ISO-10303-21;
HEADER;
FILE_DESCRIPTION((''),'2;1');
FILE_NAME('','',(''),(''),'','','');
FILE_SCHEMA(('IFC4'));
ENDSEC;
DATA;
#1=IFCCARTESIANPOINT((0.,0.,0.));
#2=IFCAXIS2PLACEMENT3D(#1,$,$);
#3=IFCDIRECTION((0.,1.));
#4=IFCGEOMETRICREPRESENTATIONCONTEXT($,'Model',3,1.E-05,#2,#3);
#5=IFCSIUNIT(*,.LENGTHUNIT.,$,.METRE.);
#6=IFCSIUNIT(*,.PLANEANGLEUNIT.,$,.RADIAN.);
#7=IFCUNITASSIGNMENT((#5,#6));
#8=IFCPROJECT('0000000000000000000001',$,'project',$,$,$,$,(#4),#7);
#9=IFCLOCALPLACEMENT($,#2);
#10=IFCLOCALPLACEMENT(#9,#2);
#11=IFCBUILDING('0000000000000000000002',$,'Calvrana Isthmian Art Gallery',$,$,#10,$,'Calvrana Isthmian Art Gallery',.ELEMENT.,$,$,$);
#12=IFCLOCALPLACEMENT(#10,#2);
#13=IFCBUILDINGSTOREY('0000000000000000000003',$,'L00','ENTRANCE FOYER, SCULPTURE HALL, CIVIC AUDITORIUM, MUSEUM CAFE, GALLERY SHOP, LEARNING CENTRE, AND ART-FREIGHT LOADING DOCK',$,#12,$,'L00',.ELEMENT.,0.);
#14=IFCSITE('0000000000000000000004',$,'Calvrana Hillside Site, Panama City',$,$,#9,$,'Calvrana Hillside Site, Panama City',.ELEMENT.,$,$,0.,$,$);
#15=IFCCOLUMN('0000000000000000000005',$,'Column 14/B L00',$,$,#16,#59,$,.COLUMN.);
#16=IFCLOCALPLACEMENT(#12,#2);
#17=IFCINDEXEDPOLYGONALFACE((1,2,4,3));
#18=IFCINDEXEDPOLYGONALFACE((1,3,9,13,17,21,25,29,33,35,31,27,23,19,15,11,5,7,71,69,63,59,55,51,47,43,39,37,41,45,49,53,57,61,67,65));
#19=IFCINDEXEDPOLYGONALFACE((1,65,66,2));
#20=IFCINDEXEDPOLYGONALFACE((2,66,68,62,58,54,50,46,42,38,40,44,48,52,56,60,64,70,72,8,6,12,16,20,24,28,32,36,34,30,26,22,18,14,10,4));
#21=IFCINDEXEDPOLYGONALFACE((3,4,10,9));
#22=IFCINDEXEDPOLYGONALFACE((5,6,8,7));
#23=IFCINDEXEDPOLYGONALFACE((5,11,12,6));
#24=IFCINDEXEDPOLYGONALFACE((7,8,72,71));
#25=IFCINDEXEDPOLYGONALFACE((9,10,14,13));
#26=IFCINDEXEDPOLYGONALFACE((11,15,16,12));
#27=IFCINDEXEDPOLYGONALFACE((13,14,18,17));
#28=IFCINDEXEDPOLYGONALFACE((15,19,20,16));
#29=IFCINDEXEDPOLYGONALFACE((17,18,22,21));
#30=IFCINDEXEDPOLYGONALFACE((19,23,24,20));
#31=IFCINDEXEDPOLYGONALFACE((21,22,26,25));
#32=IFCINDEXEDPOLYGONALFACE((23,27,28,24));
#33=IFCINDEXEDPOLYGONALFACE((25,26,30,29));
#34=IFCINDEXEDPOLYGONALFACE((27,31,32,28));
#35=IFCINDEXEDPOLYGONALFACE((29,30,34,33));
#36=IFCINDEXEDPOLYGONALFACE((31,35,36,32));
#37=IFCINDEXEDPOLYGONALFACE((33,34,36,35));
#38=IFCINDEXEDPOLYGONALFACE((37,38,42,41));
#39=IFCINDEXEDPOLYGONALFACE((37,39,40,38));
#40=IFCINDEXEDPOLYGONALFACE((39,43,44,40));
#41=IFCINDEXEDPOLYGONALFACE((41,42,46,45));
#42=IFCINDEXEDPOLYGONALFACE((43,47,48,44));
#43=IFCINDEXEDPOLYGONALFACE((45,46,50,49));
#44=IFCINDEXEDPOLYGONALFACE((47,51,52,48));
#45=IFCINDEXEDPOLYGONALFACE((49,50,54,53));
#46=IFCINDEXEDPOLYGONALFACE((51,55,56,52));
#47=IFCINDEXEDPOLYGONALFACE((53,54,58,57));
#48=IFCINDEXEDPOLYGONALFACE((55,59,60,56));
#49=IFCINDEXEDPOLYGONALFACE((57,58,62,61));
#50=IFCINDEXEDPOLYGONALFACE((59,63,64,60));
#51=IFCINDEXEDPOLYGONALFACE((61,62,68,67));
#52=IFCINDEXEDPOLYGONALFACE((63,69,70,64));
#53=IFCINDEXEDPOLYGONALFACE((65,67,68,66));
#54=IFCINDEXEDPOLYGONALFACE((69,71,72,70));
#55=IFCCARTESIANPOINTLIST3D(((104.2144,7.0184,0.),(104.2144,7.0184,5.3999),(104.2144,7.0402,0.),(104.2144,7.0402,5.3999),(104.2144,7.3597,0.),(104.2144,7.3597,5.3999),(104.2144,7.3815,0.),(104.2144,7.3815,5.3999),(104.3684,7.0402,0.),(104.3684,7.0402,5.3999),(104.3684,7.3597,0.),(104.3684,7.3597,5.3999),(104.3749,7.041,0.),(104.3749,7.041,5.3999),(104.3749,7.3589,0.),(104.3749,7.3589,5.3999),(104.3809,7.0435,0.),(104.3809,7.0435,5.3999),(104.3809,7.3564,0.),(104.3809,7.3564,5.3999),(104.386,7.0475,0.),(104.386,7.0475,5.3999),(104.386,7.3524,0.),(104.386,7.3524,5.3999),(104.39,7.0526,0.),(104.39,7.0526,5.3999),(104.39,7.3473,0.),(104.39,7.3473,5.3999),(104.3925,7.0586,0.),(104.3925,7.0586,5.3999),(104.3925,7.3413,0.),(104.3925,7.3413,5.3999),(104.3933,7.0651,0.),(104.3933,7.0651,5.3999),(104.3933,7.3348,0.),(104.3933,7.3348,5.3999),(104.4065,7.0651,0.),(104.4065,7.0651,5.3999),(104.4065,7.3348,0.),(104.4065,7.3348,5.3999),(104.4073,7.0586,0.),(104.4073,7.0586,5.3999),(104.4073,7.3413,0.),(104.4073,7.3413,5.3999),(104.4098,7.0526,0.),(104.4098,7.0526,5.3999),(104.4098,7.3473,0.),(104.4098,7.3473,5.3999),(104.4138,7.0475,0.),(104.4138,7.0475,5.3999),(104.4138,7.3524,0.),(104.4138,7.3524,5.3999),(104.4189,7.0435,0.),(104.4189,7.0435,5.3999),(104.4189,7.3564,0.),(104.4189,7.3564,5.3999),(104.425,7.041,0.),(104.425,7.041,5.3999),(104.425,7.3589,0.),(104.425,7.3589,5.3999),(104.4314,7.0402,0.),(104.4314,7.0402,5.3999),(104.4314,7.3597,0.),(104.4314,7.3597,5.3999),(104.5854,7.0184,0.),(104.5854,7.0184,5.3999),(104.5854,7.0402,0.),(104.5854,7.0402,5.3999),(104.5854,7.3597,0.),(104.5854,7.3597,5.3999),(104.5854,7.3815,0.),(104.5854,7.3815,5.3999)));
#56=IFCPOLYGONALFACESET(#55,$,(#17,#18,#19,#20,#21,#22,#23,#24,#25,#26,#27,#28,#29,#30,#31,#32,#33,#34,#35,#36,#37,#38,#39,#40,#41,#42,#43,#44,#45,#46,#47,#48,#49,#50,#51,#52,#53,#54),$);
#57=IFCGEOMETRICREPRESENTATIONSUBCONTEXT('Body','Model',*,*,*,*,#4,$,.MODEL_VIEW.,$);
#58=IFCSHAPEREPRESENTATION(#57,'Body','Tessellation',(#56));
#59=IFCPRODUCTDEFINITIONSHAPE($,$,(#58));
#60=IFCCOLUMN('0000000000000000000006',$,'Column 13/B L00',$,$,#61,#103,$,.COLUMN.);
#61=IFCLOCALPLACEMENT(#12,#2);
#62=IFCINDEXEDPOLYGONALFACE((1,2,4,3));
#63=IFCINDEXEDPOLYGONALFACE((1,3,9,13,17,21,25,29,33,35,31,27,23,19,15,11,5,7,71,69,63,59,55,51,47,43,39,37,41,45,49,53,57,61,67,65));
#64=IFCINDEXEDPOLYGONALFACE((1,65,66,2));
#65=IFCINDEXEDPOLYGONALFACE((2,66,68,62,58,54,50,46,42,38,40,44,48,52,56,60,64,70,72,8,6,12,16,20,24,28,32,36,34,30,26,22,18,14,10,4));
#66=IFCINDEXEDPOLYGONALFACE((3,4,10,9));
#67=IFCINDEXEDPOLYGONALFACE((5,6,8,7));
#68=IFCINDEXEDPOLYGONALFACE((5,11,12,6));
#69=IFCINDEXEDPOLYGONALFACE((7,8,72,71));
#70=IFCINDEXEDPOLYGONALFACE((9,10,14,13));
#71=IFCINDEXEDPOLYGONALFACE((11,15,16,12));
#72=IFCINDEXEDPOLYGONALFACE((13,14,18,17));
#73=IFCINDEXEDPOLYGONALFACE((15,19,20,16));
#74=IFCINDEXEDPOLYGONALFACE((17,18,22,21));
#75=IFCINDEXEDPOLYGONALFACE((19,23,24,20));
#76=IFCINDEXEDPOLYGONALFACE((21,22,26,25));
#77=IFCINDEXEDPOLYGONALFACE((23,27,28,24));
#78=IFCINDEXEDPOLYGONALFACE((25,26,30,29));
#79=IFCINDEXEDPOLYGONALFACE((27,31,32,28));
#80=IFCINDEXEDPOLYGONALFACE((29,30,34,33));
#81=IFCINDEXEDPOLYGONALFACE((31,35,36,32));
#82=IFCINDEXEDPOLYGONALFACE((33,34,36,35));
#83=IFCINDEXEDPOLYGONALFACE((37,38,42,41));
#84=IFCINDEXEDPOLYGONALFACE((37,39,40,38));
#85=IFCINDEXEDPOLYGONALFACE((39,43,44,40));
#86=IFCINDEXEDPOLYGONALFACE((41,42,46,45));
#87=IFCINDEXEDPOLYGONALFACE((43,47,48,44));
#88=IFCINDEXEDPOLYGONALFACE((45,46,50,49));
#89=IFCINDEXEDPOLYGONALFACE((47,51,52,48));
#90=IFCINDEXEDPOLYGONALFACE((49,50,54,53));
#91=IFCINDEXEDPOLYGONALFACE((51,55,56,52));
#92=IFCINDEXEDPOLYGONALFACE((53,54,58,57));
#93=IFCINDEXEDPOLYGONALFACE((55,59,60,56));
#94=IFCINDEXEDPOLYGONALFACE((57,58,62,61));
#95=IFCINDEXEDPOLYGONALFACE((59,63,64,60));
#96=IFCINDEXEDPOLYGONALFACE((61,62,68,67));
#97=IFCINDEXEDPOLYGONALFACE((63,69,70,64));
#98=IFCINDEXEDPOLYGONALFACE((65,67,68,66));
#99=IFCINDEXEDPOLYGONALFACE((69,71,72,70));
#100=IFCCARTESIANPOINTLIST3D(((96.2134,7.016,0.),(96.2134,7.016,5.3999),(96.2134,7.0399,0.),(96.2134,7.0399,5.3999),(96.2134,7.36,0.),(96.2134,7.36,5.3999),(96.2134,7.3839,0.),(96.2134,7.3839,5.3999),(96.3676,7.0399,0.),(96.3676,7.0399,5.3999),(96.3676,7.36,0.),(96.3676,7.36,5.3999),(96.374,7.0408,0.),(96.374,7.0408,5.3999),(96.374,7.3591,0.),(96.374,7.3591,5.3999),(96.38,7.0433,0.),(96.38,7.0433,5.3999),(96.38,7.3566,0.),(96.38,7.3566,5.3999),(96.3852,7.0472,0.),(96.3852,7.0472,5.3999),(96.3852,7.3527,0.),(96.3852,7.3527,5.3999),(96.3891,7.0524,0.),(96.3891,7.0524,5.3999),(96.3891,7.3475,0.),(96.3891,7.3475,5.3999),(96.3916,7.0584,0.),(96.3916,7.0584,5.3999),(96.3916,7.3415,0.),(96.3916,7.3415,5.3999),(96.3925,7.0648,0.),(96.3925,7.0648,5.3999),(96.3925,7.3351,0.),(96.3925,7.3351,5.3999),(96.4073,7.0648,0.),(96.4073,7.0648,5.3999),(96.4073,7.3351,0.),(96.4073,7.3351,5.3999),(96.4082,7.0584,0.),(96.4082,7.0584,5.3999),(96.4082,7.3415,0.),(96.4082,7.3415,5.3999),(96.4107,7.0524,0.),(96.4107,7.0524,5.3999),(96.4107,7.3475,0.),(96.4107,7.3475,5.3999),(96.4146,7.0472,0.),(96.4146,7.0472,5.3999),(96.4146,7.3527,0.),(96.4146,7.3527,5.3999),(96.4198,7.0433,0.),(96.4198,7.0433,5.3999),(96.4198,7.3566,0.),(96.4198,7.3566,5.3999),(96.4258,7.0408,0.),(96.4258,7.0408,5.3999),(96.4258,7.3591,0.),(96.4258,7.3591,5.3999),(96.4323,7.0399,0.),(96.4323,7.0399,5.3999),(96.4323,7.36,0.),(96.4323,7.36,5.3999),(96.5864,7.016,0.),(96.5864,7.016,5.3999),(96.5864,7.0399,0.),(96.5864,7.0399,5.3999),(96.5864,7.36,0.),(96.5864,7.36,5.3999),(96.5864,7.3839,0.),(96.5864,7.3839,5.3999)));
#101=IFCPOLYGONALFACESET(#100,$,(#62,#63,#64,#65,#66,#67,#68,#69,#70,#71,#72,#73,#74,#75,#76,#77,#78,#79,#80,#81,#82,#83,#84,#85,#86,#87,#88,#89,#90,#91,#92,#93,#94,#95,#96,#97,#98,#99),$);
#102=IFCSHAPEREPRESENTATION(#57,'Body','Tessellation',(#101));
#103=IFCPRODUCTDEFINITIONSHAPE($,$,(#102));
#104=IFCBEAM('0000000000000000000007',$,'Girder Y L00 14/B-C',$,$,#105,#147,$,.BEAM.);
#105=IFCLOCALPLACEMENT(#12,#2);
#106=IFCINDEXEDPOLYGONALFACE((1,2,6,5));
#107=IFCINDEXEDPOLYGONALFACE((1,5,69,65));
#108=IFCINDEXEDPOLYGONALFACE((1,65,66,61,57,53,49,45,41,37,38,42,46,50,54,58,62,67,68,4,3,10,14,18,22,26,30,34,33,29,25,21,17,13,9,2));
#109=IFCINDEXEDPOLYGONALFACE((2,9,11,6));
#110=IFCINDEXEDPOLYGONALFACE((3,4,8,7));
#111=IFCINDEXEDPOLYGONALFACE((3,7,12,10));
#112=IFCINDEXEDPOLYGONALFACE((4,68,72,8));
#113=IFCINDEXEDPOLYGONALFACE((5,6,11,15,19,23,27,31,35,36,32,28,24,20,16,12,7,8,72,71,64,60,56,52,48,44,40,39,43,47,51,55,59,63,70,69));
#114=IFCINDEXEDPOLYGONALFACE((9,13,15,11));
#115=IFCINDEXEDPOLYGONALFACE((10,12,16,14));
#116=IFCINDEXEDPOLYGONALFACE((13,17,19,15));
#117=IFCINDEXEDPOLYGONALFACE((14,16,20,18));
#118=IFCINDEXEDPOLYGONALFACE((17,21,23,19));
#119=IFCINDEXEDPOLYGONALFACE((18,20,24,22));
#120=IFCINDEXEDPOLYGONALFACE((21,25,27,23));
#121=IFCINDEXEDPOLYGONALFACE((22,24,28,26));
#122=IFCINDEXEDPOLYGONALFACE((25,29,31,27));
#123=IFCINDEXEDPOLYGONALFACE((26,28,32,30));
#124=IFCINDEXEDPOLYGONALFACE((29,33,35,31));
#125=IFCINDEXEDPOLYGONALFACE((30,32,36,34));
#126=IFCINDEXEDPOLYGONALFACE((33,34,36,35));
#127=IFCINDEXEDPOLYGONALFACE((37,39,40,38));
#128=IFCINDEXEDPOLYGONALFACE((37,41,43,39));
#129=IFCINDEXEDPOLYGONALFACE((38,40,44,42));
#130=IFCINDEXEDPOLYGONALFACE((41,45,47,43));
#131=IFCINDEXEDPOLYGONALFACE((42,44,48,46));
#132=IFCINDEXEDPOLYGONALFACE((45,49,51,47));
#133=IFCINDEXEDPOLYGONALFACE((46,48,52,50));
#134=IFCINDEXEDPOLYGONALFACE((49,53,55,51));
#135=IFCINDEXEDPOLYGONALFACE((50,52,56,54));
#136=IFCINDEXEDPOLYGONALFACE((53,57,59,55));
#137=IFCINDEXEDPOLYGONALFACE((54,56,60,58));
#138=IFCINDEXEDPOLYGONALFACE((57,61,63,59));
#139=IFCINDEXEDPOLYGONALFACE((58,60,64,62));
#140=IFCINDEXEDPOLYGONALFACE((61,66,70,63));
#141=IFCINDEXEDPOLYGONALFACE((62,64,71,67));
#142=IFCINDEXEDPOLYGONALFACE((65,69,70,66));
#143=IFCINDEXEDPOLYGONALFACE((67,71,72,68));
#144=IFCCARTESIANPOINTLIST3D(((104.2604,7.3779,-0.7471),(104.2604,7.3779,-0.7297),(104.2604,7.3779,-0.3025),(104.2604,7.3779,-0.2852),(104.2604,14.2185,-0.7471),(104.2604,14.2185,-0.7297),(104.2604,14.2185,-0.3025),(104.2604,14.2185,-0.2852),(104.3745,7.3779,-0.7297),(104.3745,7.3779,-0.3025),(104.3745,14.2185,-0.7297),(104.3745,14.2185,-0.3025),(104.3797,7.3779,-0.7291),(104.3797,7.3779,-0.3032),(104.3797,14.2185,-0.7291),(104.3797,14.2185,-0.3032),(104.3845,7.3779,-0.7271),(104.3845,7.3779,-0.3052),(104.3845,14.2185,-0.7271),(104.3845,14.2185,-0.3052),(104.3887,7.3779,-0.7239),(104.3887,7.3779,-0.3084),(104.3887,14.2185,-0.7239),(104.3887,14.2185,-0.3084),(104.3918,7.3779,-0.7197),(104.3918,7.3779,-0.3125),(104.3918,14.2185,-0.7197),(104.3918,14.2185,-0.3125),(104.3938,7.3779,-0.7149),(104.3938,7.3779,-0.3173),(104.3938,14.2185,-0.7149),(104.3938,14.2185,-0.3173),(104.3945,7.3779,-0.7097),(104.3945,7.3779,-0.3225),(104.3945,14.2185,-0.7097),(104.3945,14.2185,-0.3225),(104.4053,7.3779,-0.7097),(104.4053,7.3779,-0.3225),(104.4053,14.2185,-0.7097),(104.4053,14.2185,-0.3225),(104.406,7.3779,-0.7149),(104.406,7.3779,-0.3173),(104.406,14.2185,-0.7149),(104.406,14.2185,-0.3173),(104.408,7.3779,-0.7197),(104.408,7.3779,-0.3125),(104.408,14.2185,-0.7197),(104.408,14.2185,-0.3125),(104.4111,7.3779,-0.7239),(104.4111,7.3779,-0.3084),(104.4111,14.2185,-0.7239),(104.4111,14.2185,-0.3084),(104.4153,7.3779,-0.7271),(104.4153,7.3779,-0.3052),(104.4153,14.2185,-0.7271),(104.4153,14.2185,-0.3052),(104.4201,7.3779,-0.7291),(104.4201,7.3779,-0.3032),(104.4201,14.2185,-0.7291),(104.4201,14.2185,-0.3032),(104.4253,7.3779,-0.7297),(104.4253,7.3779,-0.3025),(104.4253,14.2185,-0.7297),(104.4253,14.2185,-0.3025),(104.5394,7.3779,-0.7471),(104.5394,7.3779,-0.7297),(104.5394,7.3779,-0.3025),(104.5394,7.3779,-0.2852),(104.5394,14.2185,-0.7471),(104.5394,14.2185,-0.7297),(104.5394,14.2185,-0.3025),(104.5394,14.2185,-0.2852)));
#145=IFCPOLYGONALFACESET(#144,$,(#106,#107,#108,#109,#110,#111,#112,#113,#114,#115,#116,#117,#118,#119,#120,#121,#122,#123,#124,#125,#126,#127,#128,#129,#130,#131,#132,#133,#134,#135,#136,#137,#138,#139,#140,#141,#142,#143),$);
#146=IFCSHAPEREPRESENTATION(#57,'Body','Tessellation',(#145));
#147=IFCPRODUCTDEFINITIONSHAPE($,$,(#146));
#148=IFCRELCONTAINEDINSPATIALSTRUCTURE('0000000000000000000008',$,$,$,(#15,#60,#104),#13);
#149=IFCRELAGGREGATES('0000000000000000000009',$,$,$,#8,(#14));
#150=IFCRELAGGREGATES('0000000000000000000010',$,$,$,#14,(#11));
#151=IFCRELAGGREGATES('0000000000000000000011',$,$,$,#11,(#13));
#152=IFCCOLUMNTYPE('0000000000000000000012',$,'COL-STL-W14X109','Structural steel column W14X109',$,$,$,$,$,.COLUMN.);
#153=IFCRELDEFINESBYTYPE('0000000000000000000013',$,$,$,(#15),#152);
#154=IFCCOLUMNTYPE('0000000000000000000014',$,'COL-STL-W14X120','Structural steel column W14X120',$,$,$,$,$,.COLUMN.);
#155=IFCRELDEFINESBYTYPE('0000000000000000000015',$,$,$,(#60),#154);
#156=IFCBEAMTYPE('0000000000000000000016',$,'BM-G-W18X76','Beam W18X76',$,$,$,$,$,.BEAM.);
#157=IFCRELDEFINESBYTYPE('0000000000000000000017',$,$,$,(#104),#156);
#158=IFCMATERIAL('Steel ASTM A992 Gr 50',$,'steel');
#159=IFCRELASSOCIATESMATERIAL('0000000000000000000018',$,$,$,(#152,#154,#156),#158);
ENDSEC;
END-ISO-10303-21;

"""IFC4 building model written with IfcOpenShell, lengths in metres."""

from ifc_helpers import new_model, si_unit, direction, frame, origin, origin_2d, place, context, subcontext, project, spatial, i_section, extrude, material, material_profile, profile_set, type_object, element, save


model = new_model("IFC4")

# Units and contexts
model_context = context("Model", 3, precision=1e-05, world=origin(), true_north=direction((0.0, 1.0)))
body_context = subcontext(model_context, "Body", "Model", "MODEL_VIEW")
ifc_project = project(units=[si_unit("LENGTHUNIT", "METRE"), si_unit("PLANEANGLEUNIT", "RADIAN")], contexts=[model_context])

# Site, building, storey
site_placement = place(None, origin())
site = spatial("IfcSite", under=ifc_project, at=site_placement, Name="Calvrana Hillside Site, Panama City", LongName="Calvrana Hillside Site, Panama City", CompositionType="ELEMENT", RefElevation=0.0)
building_placement = place(site_placement, origin())
building = spatial("IfcBuilding", under=site, at=building_placement, Name="Calvrana Isthmian Art Gallery", LongName="Calvrana Isthmian Art Gallery", CompositionType="ELEMENT")
storey_placement = place(building_placement, origin())
storey = spatial("IfcBuildingStorey", under=building, at=storey_placement, Name="L00", Description="ENTRANCE FOYER, SCULPTURE HALL, CIVIC AUDITORIUM, MUSEUM CAFE, GALLERY SHOP, LEARNING CENTRE, AND ART-FREIGHT LOADING DOCK", LongName="L00", CompositionType="ELEMENT", Elevation=0.0)

# Columns
ifc_material_1 = material(Name="Steel ASTM A992 Gr 50", Category="steel")
ifc_material_profile_1 = material_profile(ifc_material_1, i_section(OverallWidth=0.3711, OverallDepth=0.363, WebThickness=0.0132, FlangeThickness=0.0217, FilletRadius=0.0249, at=origin_2d()), Name="W14X109")
ifc_profile_set_1 = profile_set([ifc_material_profile_1], Name="Steel ASTM A992 Gr 50")
column_type_1 = type_object("IfcColumnType", Name="COL-STL-W14X109", Description="Structural steel column W14X109", PredefinedType="COLUMN", material=ifc_profile_set_1)
column_1_placement = place(storey_placement, frame((104.3999, 7.2, 0.0), z_axis=(0.0, 0.0, 1.0), x_axis=(1.0, 0.0, 0.0)))
element("IfcColumn", 1, at=column_1_placement, inside=storey, type_object=column_type_1, Name="Column 14/B L00", PredefinedType="COLUMN", context=body_context, shape_type="SweptSolid", body=[
    extrude(i_section(OverallWidth=0.3711, OverallDepth=0.363, WebThickness=0.0132, FlangeThickness=0.0217, FilletRadius=0.0249, at=origin_2d()), origin(), (0.0, 0.0, 1.0), 5.3999),
])
ifc_material_profile_2 = material_profile(ifc_material_1, i_section(OverallWidth=0.373, OverallDepth=0.3679, WebThickness=0.0149, FlangeThickness=0.0239, FilletRadius=0.0249, at=origin_2d()), Name="W14X120")
ifc_profile_set_2 = profile_set([ifc_material_profile_2], Name="Steel ASTM A992 Gr 50")
column_type_2 = type_object("IfcColumnType", Name="COL-STL-W14X120", Description="Structural steel column W14X120", PredefinedType="COLUMN", material=ifc_profile_set_2)
column_2_placement = place(storey_placement, frame((96.3999, 7.2, 0.0), z_axis=(0.0, 0.0, 1.0), x_axis=(1.0, 0.0, 0.0)))
element("IfcColumn", 2, at=column_2_placement, inside=storey, type_object=column_type_2, Name="Column 13/B L00", PredefinedType="COLUMN", context=body_context, shape_type="SweptSolid", body=[
    extrude(i_section(OverallWidth=0.373, OverallDepth=0.3679, WebThickness=0.0149, FlangeThickness=0.0239, FilletRadius=0.0249, at=origin_2d()), origin(), (0.0, 0.0, 1.0), 5.3999),
])

# Beam
ifc_material_profile_3 = material_profile(ifc_material_1, i_section(OverallWidth=0.2791, OverallDepth=0.4619, WebThickness=0.0107, FlangeThickness=0.0173, FilletRadius=0.02, at=origin_2d()), Name="W18X76")
ifc_profile_set_3 = profile_set([ifc_material_profile_3], Name="Steel ASTM A992 Gr 50")
beam_type_1 = type_object("IfcBeamType", Name="BM-G-W18X76", Description="Beam W18X76", PredefinedType="BEAM", material=ifc_profile_set_3)
beam_1_placement = place(storey_placement, frame((104.3999, 7.3779, -0.5161), z_axis=(0.0, 1.0, 0.0), x_axis=(-1.0, 0.0, 0.0)))
element("IfcBeam", 3, at=beam_1_placement, inside=storey, type_object=beam_type_1, Name="Girder Y L00 14/B-C", PredefinedType="BEAM", context=body_context, shape_type="SweptSolid", body=[
    extrude(i_section(OverallWidth=0.2791, OverallDepth=0.4619, WebThickness=0.0107, FlangeThickness=0.0173, FilletRadius=0.02, at=origin_2d()), origin(), (0.0, 0.0, 1.0), 6.8406),
])

save(model, "model.ifc")
